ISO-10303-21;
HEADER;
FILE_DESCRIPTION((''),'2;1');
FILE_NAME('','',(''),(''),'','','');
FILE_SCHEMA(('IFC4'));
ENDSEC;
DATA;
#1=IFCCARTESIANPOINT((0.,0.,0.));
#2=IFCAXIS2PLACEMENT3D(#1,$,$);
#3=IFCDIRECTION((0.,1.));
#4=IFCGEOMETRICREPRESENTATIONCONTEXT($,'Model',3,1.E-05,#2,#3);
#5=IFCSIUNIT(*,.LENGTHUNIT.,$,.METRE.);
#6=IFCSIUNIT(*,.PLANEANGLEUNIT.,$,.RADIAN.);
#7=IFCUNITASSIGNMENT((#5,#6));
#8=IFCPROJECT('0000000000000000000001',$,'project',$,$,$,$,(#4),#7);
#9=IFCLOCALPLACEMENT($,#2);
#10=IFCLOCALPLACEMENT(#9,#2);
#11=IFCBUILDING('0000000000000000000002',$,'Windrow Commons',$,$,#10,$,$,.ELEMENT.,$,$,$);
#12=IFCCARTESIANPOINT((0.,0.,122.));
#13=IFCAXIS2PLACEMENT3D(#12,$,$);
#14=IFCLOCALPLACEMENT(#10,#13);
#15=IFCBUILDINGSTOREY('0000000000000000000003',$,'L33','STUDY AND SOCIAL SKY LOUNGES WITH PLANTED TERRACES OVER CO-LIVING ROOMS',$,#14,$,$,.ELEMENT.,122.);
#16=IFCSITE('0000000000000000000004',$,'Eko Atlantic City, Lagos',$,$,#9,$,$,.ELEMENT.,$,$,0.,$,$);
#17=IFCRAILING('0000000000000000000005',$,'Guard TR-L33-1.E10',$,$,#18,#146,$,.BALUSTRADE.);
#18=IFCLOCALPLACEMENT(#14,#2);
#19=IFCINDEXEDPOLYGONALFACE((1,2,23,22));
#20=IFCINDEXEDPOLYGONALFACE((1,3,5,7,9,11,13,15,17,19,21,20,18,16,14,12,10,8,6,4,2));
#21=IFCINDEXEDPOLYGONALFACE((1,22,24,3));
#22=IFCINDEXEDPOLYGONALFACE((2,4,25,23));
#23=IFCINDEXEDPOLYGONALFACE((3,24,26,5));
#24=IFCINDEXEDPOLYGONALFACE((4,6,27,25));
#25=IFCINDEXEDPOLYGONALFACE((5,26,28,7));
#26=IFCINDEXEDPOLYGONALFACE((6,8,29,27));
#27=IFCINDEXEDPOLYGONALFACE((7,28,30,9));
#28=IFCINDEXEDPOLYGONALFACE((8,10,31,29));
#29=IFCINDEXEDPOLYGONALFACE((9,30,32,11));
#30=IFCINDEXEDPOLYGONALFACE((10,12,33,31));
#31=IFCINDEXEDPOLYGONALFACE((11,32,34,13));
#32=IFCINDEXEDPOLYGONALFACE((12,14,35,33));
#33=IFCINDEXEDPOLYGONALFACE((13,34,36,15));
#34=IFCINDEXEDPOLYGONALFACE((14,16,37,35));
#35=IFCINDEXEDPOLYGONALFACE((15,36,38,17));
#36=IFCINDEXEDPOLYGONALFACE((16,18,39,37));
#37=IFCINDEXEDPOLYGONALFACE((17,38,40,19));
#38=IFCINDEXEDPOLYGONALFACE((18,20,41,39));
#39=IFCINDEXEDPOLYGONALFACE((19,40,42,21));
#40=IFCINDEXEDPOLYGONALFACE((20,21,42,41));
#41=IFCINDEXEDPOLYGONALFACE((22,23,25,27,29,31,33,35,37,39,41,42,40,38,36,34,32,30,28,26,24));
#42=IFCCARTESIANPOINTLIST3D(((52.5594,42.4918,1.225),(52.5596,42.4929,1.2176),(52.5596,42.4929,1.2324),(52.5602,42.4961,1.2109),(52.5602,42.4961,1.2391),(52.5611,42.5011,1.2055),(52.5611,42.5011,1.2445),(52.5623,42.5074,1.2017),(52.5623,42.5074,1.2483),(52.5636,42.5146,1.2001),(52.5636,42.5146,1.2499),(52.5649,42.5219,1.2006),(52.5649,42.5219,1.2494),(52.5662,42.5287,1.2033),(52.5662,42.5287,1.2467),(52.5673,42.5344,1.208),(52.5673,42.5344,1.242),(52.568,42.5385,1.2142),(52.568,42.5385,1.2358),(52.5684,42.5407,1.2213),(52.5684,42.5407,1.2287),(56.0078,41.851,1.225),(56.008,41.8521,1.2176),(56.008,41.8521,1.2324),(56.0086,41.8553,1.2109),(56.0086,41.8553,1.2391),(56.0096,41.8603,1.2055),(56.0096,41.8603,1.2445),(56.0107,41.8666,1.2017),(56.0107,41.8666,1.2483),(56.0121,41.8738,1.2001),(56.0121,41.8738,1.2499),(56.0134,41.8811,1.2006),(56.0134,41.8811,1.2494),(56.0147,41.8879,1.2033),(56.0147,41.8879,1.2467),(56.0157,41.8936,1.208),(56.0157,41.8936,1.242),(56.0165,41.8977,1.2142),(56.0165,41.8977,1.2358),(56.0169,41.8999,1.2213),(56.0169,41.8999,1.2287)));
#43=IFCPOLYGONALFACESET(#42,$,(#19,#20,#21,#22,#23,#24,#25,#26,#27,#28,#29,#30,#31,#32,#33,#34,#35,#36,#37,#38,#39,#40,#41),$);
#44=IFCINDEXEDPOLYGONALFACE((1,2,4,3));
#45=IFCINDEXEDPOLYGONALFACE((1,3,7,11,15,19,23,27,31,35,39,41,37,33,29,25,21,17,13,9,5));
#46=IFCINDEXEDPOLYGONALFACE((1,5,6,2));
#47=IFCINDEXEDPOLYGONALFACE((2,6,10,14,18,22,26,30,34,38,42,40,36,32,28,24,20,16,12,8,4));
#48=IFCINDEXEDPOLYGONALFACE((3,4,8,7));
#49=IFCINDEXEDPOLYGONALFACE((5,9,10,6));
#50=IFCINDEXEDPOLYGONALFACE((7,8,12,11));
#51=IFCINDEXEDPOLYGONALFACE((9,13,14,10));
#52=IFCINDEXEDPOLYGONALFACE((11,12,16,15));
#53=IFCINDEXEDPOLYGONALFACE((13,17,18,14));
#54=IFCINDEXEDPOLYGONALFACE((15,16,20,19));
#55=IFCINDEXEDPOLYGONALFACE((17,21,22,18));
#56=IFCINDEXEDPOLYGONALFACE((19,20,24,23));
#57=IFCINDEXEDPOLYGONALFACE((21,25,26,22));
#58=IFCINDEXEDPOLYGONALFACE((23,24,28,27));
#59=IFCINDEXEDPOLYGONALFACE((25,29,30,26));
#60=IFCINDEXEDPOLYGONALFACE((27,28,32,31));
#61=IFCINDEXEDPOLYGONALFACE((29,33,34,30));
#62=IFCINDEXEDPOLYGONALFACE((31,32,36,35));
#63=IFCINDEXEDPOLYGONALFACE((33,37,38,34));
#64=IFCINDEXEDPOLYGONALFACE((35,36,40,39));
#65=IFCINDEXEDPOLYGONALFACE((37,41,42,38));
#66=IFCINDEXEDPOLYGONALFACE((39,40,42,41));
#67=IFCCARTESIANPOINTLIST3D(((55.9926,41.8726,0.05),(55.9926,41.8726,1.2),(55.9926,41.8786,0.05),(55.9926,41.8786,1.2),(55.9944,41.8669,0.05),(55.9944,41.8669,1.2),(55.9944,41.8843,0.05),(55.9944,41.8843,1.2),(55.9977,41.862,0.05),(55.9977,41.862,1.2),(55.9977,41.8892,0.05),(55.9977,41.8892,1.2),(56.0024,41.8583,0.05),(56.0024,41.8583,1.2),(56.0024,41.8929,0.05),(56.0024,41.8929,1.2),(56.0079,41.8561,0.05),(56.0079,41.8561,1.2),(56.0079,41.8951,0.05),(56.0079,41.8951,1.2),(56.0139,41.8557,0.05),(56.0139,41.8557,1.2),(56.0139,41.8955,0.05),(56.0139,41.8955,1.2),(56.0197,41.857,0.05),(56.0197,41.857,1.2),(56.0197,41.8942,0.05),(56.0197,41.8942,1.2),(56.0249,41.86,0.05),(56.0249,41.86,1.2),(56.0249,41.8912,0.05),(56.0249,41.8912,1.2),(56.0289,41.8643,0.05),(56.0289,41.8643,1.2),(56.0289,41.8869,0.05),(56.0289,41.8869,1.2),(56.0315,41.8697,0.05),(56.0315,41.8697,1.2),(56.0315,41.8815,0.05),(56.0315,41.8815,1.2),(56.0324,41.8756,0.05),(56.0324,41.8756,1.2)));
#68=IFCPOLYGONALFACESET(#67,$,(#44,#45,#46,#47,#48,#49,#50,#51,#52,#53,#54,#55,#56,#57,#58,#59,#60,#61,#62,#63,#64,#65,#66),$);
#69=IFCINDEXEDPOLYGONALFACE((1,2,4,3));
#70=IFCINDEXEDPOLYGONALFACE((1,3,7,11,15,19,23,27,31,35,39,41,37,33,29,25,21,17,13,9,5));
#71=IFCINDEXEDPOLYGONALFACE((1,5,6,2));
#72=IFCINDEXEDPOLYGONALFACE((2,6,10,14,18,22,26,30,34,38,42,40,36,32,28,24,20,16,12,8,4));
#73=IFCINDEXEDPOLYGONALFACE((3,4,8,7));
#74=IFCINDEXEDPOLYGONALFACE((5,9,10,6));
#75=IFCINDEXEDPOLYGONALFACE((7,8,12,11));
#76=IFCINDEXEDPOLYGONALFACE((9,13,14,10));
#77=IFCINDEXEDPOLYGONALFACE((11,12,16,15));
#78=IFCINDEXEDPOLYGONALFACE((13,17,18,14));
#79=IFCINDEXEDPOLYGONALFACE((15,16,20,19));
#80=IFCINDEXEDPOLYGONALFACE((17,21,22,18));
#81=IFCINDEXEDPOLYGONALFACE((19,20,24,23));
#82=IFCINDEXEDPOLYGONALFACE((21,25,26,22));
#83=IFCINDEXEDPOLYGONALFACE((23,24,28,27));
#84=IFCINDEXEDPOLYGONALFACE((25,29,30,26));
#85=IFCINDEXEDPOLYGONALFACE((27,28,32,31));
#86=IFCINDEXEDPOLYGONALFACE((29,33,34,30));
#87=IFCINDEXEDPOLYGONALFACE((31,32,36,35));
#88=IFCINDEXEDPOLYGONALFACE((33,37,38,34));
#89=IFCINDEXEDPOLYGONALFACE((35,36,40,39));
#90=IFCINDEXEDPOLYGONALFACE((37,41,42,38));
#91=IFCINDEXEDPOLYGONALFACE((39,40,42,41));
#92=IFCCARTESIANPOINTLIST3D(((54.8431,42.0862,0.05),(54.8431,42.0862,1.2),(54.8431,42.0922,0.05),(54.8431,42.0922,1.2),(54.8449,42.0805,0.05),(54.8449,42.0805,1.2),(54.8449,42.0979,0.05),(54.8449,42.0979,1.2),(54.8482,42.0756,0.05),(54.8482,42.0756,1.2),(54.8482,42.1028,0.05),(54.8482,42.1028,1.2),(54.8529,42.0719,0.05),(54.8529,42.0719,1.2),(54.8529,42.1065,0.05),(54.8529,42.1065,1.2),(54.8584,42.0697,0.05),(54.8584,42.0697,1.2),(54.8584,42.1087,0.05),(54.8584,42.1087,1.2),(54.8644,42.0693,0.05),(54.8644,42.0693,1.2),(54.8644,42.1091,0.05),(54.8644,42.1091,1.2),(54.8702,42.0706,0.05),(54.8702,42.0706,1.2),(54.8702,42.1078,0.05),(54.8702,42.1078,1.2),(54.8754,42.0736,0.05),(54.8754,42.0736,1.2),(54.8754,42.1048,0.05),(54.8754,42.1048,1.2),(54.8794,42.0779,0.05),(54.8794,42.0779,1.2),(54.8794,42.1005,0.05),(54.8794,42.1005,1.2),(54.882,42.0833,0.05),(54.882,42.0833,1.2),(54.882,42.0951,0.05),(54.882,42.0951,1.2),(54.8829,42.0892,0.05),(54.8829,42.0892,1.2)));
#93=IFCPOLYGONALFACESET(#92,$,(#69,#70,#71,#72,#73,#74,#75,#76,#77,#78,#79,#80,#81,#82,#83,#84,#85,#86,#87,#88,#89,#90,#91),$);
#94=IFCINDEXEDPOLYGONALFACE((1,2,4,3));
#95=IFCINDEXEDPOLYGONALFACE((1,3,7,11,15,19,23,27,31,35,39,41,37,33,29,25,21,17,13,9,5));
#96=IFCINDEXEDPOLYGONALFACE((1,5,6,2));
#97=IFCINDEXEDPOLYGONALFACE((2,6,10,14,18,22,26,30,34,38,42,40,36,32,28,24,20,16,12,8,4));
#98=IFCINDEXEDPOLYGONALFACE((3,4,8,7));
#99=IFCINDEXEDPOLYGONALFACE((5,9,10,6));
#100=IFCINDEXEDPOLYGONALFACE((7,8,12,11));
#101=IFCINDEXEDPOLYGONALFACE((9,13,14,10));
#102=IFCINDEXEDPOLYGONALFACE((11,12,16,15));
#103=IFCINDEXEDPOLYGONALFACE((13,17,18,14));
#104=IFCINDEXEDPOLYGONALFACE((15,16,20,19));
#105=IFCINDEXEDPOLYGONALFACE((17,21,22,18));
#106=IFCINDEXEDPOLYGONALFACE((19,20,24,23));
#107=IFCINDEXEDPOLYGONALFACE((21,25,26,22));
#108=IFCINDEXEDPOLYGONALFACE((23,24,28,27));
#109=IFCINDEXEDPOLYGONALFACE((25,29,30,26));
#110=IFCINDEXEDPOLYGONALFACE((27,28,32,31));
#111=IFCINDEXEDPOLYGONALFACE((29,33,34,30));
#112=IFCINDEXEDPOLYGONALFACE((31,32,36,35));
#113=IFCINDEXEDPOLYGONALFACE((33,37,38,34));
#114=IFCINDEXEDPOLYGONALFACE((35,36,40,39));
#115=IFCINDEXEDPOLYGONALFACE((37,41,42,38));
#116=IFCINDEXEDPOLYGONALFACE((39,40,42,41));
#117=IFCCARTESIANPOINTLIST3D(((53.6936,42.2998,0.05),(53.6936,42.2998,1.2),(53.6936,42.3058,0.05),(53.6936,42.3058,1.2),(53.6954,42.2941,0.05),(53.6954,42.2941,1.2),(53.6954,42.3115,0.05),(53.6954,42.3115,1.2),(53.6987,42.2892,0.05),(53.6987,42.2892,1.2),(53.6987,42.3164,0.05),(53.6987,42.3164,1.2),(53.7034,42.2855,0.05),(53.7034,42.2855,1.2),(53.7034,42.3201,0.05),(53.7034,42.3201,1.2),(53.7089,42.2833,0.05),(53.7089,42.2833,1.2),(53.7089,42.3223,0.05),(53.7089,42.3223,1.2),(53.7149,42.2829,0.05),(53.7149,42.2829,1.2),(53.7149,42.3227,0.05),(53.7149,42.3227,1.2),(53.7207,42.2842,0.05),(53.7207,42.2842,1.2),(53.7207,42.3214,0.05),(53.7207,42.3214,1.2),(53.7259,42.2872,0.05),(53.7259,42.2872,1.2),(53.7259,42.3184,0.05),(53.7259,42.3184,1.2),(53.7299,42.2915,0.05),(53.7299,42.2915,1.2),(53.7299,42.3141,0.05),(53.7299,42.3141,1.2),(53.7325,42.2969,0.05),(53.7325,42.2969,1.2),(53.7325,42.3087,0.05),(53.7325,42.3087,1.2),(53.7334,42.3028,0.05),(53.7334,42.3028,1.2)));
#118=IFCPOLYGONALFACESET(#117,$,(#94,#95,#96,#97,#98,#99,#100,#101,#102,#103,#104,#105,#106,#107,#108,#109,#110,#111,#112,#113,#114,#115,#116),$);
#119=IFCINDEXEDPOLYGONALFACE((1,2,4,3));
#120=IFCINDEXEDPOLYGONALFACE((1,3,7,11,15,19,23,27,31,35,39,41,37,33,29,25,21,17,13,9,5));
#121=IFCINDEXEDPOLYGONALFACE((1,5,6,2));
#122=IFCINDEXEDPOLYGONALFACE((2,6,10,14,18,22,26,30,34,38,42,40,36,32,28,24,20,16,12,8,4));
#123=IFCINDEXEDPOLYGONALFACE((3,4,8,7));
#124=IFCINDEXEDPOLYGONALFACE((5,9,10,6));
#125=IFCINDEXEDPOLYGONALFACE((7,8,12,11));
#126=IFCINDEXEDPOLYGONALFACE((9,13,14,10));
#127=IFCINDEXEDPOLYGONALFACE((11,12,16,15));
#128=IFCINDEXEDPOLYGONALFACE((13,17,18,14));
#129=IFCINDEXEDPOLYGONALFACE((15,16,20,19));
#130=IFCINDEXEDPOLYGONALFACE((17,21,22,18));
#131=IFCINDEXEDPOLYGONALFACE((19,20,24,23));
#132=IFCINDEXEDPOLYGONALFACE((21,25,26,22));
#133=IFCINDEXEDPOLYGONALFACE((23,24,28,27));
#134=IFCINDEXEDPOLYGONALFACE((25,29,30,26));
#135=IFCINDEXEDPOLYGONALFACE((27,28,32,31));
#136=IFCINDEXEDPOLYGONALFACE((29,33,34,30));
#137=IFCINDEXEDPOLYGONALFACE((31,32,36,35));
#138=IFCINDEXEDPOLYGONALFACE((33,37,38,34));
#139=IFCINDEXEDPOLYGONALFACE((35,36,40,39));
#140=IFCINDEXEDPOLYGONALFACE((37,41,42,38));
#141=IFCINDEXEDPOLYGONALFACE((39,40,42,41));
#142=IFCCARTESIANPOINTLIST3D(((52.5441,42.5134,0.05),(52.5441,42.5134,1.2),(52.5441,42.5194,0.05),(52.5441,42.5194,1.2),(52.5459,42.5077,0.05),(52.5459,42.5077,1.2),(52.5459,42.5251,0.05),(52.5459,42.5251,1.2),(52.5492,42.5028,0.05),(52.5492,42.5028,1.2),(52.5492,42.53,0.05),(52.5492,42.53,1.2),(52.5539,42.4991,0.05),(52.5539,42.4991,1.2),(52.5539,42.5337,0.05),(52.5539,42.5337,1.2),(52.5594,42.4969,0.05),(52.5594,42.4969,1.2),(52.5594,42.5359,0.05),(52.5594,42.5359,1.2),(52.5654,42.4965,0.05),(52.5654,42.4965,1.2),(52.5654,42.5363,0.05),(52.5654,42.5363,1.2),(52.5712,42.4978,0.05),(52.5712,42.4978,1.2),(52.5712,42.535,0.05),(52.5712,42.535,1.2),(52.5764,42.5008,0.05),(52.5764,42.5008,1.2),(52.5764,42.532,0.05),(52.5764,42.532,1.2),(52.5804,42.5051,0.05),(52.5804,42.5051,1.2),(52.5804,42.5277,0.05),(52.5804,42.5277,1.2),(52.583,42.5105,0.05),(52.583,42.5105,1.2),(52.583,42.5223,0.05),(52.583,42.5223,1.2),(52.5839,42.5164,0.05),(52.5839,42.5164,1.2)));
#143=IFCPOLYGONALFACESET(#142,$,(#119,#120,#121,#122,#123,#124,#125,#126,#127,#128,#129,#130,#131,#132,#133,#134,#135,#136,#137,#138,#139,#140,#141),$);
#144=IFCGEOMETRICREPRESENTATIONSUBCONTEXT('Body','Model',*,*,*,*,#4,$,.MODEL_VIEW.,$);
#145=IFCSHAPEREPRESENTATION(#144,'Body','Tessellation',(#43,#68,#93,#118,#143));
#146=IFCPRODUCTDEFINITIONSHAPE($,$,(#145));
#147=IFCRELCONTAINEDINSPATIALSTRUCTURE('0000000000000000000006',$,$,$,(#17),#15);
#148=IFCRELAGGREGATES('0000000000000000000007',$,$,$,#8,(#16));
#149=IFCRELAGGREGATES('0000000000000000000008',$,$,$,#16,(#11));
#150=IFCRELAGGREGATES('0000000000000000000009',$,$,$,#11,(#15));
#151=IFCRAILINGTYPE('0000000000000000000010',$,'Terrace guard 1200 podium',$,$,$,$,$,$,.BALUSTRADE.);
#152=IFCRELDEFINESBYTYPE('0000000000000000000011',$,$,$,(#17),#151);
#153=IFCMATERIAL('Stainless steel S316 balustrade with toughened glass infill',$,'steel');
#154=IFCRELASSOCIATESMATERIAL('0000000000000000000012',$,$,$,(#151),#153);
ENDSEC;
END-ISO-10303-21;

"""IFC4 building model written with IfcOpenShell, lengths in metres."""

from ifc_helpers import new_model, si_unit, direction, frame, origin, origin_2d, place, context, subcontext, project, spatial, circle, extrude, material, type_object, element, save


model = new_model("IFC4")

# Units and contexts
model_context = context("Model", 3, precision=1e-05, world=origin(), true_north=direction((0.0, 1.0)))
body_context = subcontext(model_context, "Body", "Model", "MODEL_VIEW")
ifc_project = project(units=[si_unit("LENGTHUNIT", "METRE"), si_unit("PLANEANGLEUNIT", "RADIAN")], contexts=[model_context])

# Site, building, storey
site_placement = place(None, origin())
site = spatial("IfcSite", under=ifc_project, at=site_placement, Name="Eko Atlantic City, Lagos", CompositionType="ELEMENT", RefElevation=0.0)
building_placement = place(site_placement, origin())
building = spatial("IfcBuilding", under=site, at=building_placement, Name="Windrow Commons", CompositionType="ELEMENT")
storey_placement = place(building_placement, frame((0.0, 0.0, 122.0)))
storey = spatial("IfcBuildingStorey", under=building, at=storey_placement, Name="L33", Description="STUDY AND SOCIAL SKY LOUNGES WITH PLANTED TERRACES OVER CO-LIVING ROOMS", CompositionType="ELEMENT", Elevation=122.0)

# Railing
ifc_material_1 = material(Name="Stainless steel S316 balustrade with toughened glass infill", Category="steel")
railing_type = type_object("IfcRailingType", Name="Terrace guard 1200 podium", PredefinedType="BALUSTRADE", material=ifc_material_1)
railing_1_placement = place(storey_placement, frame((56.0124, 41.8756, 0.05)))
element("IfcRailing", 1, at=railing_1_placement, inside=storey, type_object=railing_type, Name="Guard TR-L33-1.E10", PredefinedType="BALUSTRADE", context=body_context, shape_type="SweptSolid", body=[
    extrude(circle(Radius=0.025, at=origin_2d()), frame((0.0, 0.0, 1.175), z_axis=(-0.98317, 0.182693, 0.0), x_axis=(-0.182693, -0.98317, 0.0)), (0.0, 0.0, 1.0), 3.5075),
    extrude(circle(Radius=0.02, at=origin_2d()), origin(), (0.0, 0.0, 1.0), 1.15),
    extrude(circle(Radius=0.02, at=origin_2d()), frame((-1.1495, 0.2136, 0.0)), (0.0, 0.0, 1.0), 1.15),
    extrude(circle(Radius=0.02, at=origin_2d()), frame((-2.299, 0.4272, 0.0)), (0.0, 0.0, 1.0), 1.15),
    extrude(circle(Radius=0.02, at=origin_2d()), frame((-3.4485, 0.6408, 0.0)), (0.0, 0.0, 1.0), 1.15),
])

save(model, "model.ifc")
